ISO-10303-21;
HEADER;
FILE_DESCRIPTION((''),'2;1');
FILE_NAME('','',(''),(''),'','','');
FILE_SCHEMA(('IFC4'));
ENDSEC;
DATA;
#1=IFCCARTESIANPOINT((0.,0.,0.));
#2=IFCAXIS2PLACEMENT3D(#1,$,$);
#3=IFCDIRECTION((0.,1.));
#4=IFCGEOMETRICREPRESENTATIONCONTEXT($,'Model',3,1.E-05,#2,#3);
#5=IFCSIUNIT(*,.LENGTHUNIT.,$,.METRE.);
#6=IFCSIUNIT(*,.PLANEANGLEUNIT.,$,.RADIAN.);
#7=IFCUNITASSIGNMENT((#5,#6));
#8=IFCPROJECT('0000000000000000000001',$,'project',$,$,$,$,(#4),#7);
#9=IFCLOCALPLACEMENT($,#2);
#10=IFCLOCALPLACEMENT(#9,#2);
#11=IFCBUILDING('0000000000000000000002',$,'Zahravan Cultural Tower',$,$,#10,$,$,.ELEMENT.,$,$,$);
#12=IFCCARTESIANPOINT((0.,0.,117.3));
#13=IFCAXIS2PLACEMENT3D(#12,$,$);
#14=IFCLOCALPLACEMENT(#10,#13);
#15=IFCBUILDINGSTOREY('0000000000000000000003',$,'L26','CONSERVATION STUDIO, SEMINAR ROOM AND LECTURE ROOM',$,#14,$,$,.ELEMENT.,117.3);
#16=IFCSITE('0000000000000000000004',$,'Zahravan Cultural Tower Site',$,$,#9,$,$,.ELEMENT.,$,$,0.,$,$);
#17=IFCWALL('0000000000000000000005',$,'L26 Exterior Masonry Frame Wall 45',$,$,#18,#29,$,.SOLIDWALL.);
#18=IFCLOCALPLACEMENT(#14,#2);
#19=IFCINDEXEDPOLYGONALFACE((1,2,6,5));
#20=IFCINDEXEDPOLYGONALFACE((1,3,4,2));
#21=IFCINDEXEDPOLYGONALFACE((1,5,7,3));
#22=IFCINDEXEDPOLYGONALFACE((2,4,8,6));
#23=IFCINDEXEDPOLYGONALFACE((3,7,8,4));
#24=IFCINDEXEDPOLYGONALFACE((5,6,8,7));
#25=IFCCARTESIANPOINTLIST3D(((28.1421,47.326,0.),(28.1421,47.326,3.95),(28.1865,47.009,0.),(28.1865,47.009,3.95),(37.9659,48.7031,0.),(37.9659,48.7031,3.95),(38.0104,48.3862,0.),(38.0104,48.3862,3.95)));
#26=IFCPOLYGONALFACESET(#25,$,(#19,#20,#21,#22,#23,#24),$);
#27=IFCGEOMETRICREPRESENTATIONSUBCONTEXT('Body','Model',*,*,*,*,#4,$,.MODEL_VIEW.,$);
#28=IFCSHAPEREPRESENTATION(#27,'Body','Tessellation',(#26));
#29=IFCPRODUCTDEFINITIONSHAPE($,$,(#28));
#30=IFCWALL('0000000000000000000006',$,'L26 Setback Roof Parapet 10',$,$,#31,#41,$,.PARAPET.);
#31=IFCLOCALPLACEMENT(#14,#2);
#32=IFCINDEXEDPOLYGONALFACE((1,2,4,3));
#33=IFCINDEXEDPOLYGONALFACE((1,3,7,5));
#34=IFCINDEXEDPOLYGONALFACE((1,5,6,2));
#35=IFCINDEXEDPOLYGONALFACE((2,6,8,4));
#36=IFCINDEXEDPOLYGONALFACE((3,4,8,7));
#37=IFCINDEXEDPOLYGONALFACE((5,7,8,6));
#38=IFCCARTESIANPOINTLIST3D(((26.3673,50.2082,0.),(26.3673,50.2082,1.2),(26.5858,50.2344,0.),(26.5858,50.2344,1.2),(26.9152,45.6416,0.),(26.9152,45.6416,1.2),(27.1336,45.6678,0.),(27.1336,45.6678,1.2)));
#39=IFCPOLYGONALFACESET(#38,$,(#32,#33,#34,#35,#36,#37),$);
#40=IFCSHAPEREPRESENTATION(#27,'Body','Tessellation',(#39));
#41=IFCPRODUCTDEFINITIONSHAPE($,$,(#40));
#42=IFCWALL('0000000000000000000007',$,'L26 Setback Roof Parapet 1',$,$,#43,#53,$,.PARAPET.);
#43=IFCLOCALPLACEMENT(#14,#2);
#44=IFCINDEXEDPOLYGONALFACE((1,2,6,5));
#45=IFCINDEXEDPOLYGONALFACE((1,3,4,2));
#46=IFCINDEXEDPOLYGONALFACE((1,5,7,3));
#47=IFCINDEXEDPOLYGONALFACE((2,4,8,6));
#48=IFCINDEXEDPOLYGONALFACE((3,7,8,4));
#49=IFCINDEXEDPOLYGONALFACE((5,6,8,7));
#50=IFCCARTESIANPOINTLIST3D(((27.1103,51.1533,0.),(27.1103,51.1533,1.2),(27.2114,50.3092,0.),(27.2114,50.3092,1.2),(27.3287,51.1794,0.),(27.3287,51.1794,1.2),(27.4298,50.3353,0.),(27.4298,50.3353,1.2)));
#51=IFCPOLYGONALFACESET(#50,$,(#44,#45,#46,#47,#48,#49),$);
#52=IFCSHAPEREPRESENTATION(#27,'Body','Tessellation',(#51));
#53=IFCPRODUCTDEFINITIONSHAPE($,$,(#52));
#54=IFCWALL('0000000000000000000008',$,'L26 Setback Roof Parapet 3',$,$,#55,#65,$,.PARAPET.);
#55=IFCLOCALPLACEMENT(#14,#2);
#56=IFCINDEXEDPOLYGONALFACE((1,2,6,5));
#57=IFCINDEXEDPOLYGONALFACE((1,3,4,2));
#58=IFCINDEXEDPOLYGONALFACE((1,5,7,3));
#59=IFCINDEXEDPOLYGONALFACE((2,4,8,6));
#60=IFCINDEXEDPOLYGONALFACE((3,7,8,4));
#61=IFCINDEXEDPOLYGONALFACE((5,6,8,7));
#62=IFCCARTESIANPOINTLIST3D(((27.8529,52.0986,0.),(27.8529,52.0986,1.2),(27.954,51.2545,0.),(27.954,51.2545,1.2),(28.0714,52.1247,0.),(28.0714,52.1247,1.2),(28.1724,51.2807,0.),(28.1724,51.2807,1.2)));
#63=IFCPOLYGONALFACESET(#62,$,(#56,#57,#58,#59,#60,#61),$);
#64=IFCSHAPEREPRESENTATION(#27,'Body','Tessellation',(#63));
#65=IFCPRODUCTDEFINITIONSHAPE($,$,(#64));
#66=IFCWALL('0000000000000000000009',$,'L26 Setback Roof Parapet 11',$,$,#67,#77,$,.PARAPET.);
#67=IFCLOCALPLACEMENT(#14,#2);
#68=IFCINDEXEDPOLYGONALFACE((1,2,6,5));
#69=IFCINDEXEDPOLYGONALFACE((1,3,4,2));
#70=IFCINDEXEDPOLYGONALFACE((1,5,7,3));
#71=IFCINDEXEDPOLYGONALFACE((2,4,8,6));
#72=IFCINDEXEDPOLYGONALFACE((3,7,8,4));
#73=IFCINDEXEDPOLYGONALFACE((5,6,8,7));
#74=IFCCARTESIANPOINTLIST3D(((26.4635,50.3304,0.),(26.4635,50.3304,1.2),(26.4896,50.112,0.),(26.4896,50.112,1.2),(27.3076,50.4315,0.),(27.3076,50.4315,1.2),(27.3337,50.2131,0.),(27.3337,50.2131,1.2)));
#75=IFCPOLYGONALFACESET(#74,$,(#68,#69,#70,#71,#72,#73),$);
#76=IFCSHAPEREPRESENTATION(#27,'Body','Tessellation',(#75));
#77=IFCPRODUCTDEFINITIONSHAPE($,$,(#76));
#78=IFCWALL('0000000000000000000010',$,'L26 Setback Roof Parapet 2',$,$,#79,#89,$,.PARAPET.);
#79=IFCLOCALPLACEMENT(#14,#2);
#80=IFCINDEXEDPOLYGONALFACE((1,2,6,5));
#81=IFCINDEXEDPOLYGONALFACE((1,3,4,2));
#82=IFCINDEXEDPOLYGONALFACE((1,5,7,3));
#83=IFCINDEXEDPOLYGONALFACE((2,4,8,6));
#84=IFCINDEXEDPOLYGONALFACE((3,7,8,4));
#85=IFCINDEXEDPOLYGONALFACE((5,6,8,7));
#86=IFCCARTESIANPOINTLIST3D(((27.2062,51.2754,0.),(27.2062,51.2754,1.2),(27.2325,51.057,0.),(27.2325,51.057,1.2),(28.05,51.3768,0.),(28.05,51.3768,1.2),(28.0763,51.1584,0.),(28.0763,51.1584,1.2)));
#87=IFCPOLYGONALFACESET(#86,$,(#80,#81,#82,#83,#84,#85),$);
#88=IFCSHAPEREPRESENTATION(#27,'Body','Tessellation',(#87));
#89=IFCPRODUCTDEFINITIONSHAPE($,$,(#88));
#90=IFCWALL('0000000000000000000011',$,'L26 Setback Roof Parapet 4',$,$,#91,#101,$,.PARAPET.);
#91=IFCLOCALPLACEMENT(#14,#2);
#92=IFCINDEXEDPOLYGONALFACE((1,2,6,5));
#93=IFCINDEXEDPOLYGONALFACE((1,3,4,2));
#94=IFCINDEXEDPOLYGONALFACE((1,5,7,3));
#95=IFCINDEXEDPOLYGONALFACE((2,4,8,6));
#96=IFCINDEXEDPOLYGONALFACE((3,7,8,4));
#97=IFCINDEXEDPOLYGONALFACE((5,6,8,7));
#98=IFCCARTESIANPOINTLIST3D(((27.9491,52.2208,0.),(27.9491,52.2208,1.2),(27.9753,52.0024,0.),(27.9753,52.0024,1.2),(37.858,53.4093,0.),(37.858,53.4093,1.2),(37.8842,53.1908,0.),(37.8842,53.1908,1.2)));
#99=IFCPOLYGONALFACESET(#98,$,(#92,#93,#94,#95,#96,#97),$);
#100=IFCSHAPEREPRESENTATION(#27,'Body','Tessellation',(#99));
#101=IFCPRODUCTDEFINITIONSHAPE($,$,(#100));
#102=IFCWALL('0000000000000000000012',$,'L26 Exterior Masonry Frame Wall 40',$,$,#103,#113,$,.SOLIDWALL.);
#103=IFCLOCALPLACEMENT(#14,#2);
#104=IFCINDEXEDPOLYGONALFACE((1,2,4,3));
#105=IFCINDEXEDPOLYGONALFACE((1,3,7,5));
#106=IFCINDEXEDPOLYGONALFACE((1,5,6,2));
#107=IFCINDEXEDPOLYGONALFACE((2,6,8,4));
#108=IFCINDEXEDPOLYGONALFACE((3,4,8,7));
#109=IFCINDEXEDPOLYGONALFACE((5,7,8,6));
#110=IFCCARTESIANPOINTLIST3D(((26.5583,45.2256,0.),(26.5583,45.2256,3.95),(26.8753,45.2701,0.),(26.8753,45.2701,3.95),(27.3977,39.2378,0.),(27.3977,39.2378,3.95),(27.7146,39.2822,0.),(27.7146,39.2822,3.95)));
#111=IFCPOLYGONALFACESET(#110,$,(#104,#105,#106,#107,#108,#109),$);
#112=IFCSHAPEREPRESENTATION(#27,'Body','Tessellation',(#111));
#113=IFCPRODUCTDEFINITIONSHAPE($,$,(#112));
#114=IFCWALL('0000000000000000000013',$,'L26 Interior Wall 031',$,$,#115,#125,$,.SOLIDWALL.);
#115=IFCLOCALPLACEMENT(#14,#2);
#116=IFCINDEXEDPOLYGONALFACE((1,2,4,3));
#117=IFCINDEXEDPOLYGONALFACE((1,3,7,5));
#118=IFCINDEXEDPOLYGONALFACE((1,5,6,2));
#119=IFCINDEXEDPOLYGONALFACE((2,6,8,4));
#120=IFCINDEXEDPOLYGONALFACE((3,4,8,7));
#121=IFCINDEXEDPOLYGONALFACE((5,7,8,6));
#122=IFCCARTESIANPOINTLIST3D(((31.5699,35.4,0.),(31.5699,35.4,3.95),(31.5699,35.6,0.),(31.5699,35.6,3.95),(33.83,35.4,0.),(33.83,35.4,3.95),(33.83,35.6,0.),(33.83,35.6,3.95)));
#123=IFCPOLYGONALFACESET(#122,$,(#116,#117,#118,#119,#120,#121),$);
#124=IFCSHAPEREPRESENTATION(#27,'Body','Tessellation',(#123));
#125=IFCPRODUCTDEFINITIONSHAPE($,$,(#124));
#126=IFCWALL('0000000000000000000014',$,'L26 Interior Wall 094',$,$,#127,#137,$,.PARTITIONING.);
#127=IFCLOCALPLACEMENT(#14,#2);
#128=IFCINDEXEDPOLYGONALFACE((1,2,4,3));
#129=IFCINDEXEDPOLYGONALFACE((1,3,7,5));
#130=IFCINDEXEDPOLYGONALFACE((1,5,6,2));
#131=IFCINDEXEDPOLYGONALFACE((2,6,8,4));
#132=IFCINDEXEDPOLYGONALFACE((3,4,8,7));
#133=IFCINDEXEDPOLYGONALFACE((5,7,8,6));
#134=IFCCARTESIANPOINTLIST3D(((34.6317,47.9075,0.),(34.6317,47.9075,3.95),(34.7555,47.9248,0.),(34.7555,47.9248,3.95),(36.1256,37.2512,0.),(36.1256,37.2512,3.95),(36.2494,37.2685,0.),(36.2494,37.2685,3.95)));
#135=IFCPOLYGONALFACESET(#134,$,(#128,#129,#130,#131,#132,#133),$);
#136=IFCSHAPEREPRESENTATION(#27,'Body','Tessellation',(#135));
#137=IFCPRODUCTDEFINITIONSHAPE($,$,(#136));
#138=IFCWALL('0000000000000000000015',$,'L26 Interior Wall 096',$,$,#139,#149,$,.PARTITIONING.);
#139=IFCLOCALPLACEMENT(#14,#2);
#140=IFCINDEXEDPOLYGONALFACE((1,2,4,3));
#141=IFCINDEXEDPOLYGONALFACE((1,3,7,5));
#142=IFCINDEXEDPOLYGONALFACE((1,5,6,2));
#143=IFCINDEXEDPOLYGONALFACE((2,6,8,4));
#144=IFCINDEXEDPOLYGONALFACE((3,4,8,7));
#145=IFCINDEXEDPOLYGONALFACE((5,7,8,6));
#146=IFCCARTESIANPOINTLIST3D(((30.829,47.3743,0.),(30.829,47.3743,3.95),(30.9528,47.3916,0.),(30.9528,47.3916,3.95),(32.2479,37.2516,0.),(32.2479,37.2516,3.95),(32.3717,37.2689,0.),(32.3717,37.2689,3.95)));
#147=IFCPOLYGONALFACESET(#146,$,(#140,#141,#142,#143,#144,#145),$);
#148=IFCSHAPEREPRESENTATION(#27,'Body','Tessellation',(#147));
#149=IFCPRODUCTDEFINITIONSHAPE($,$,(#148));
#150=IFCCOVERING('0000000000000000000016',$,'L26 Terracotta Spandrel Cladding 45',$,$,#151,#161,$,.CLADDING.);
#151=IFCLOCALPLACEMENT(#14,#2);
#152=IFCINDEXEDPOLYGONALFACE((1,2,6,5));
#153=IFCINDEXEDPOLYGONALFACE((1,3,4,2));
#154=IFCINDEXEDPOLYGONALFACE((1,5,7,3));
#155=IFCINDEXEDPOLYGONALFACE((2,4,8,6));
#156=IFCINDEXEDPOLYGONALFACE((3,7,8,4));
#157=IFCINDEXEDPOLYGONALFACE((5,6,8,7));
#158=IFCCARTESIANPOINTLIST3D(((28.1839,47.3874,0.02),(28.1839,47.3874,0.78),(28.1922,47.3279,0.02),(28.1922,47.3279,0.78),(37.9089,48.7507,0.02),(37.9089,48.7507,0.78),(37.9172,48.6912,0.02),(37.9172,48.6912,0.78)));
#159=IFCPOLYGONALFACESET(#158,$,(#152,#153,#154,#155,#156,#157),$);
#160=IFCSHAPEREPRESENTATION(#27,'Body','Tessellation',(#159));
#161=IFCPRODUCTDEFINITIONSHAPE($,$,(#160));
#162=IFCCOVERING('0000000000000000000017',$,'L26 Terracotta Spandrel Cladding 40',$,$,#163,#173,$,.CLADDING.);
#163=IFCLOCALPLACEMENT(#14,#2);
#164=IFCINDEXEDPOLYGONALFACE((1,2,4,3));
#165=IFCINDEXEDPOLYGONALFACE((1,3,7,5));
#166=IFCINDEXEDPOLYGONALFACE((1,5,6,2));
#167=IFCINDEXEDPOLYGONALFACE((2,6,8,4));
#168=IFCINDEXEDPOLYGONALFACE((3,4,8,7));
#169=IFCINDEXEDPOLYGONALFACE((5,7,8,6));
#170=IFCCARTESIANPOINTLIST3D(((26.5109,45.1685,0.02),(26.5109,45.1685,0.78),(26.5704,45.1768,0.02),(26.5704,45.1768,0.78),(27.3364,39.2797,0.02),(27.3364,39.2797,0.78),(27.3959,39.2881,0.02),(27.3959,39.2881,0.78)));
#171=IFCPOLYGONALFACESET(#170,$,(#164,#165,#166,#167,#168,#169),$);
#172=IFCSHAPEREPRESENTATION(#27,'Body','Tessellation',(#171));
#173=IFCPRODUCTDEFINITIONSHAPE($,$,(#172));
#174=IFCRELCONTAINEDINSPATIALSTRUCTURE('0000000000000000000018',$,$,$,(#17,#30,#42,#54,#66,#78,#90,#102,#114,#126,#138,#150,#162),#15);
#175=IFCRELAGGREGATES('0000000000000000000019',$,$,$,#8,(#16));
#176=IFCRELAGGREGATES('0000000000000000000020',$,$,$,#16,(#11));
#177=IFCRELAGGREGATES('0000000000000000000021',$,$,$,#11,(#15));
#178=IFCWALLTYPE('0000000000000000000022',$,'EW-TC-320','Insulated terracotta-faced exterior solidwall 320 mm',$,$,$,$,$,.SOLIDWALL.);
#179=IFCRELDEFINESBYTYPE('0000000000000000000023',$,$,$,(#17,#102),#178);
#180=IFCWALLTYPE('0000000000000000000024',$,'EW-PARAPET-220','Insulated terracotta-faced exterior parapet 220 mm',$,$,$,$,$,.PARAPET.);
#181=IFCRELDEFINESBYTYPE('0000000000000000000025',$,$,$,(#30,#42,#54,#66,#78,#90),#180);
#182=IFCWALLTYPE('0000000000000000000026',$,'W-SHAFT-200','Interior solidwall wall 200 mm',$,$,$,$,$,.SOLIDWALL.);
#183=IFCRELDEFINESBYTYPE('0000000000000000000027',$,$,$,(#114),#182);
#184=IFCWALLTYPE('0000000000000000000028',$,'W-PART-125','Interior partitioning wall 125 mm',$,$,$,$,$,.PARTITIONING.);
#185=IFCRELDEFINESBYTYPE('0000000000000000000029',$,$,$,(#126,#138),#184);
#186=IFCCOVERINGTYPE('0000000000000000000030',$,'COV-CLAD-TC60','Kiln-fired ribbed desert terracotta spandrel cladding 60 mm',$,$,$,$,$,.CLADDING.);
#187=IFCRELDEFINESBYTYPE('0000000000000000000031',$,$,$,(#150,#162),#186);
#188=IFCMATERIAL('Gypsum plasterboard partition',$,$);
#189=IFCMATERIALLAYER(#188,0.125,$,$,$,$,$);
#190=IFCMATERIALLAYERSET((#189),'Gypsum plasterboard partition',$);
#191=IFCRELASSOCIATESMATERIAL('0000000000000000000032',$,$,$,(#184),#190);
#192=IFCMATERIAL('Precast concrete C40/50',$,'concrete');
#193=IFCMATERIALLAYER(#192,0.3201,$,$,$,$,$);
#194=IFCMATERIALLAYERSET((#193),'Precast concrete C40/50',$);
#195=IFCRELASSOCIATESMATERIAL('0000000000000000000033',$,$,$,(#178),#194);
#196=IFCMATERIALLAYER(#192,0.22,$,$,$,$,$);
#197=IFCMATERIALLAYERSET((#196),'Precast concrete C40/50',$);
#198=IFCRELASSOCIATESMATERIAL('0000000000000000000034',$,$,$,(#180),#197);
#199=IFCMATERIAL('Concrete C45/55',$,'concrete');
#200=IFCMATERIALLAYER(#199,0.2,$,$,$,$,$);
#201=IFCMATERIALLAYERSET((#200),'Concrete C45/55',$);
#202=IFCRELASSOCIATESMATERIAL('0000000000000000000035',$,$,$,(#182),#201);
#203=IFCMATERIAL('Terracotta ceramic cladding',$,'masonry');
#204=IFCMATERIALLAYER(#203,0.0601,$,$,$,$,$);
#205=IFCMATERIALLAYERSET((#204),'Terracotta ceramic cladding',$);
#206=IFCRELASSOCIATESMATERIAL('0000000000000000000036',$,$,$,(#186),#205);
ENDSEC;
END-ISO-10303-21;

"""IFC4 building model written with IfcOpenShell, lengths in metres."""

from ifc_helpers import new_model, si_unit, direction, frame, frame_2d, origin, origin_2d, place, context, subcontext, project, spatial, rectangle, extrude, source, transform, mapped, material, layer, layer_set, type_object, element, save


model = new_model("IFC4")

# Units and contexts
model_context = context("Model", 3, precision=1e-05, world=origin(), true_north=direction((0.0, 1.0)))
body_context = subcontext(model_context, "Body", "Model", "MODEL_VIEW")
ifc_project = project(units=[si_unit("LENGTHUNIT", "METRE"), si_unit("PLANEANGLEUNIT", "RADIAN")], contexts=[model_context])

# Site, building, storey
site_placement = place(None, origin())
site = spatial("IfcSite", under=ifc_project, at=site_placement, Name="Zahravan Cultural Tower Site", CompositionType="ELEMENT", RefElevation=0.0)
building_placement = place(site_placement, origin())
building = spatial("IfcBuilding", under=site, at=building_placement, Name="Zahravan Cultural Tower", CompositionType="ELEMENT")
storey_placement = place(building_placement, frame((0.0, 0.0, 117.3)))
storey = spatial("IfcBuildingStorey", under=building, at=storey_placement, Name="L26", Description="CONSERVATION STUDIO, SEMINAR ROOM AND LECTURE ROOM", CompositionType="ELEMENT", Elevation=117.3)

# Shared definitions
ifc_material_1 = material(Name="Gypsum plasterboard partition")
ifc_layer_1 = layer(ifc_material_1, 0.125)
ifc_layer_set_1 = layer_set([ifc_layer_1], Name="Gypsum plasterboard partition")
wall_type_1 = type_object("IfcWallType", Name="W-PART-125", Description="Interior partitioning wall 125 mm", PredefinedType="PARTITIONING", material=ifc_layer_set_1)

# Walls
ifc_material_2 = material(Name="Precast concrete C40/50", Category="concrete")
ifc_layer_2 = layer(ifc_material_2, 0.3201)
ifc_layer_set_2 = layer_set([ifc_layer_2], Name="Precast concrete C40/50")
wall_type_2 = type_object("IfcWallType", Name="EW-TC-320", Description="Insulated terracotta-faced exterior solidwall 320 mm", PredefinedType="SOLIDWALL", material=ifc_layer_set_2)
shared_shape_1 = source(origin(), body_context, "Body", "SweptSolid", [
    extrude(rectangle(XDim=9.9199, YDim=0.3201, at=frame_2d((4.96, 0.0))), origin(), (0.0, 0.0, 1.0), 3.95),
])
wall_1_placement = place(storey_placement, frame((28.1643, 47.1675, 0.0), z_axis=(0.0, 0.0, 1.0), x_axis=(0.990316, 0.13883, 0.0)))
element("IfcWall", 1, at=wall_1_placement, inside=storey, type_object=wall_type_2, Name="L26 Exterior Masonry Frame Wall 45", PredefinedType="SOLIDWALL", context=body_context, shape_type="MappedRepresentation", body=[
    mapped(shared_shape_1, transform((0.0, 0.0, 0.0), x_axis=(1.0, 0.0, 0.0), y_axis=(0.0, 1.0, 0.0), z_axis=(0.0, 0.0, 1.0), scale=1.0)),
])
ifc_layer_3 = layer(ifc_material_2, 0.22)
ifc_layer_set_3 = layer_set([ifc_layer_3], Name="Precast concrete C40/50")
wall_type_3 = type_object("IfcWallType", Name="EW-PARAPET-220", Description="Insulated terracotta-faced exterior parapet 220 mm", PredefinedType="PARAPET", material=ifc_layer_set_3)
shared_shape_2 = source(origin(), body_context, "Body", "SweptSolid", [
    extrude(rectangle(XDim=4.5994, YDim=0.22, at=frame_2d((2.2998, 0.0))), origin(), (0.0, 0.0, 1.0), 1.2),
])
wall_2_placement = place(storey_placement, frame((27.0244, 45.6545, 0.0), z_axis=(0.0, 0.0, 1.0), x_axis=(-0.119114, 0.992881, 0.0)))
element("IfcWall", 2, at=wall_2_placement, inside=storey, type_object=wall_type_3, Name="L26 Setback Roof Parapet 10", PredefinedType="PARAPET", context=body_context, shape_type="MappedRepresentation", body=[
    mapped(shared_shape_2, transform((0.0, 0.0, 0.0), x_axis=(1.0, 0.0, 0.0), y_axis=(0.0, 1.0, 0.0), z_axis=(0.0, 0.0, 1.0), scale=1.0)),
])
shared_shape_3 = source(origin(), body_context, "Body", "SweptSolid", [
    extrude(rectangle(XDim=0.8501, YDim=0.22, at=frame_2d((0.425, 0.0))), origin(), (0.0, 0.0, 1.0), 1.2),
])
for number, where, z_axis, x_axis, name in (
    (3, (27.3206, 50.3223, 0.0), (0.0, 0.0, 1.0), (-0.118907, 0.992905, 0.0), "L26 Setback Roof Parapet 1"),
    (4, (28.0632, 51.2676, 0.0), (0.0, 0.0, 1.0), (-0.118907, 0.992905, 0.0), "L26 Setback Roof Parapet 3"),
    (5, (26.4766, 50.2212, 0.0), (0.0, 0.0, 1.0), (0.992905, 0.118907, 0.0), "L26 Setback Roof Parapet 11"),
):
    element("IfcWall", number, at=place(storey_placement, frame(where, z_axis=z_axis, x_axis=x_axis)), inside=storey, type_object=wall_type_3, Name=name, PredefinedType="PARAPET", context=body_context, shape_type="MappedRepresentation", body=[
        mapped(shared_shape_3, transform((0.0, 0.0, 0.0), x_axis=(1.0, 0.0, 0.0), y_axis=(0.0, 1.0, 0.0), z_axis=(0.0, 0.0, 1.0), scale=1.0)),
    ])
shared_shape_4 = source(origin(), body_context, "Body", "SweptSolid", [
    extrude(rectangle(XDim=0.8499, YDim=0.22, at=frame_2d((0.4248, 0.0))), origin(), (0.0, 0.0, 1.0), 1.2),
])
wall_3_placement = place(storey_placement, frame((27.2195, 51.1663, 0.0), z_axis=(0.0, 0.0, 1.0), x_axis=(0.992867, 0.119225, 0.0)))
element("IfcWall", 6, at=wall_3_placement, inside=storey, type_object=wall_type_3, Name="L26 Setback Roof Parapet 2", PredefinedType="PARAPET", context=body_context, shape_type="MappedRepresentation", body=[
    mapped(shared_shape_4, transform((0.0, 0.0, 0.0), x_axis=(1.0, 0.0, 0.0), y_axis=(0.0, 1.0, 0.0), z_axis=(0.0, 0.0, 1.0), scale=1.0)),
])
shared_shape_5 = source(origin(), body_context, "Body", "SweptSolid", [
    extrude(rectangle(XDim=9.98, YDim=0.22, at=frame_2d((4.99, 0.0))), origin(), (0.0, 0.0, 1.0), 1.2),
])
wall_4_placement = place(storey_placement, frame((27.9622, 52.1116, 0.0), z_axis=(0.0, 0.0, 1.0), x_axis=(0.992884, 0.119086, 0.0)))
element("IfcWall", 7, at=wall_4_placement, inside=storey, type_object=wall_type_3, Name="L26 Setback Roof Parapet 4", PredefinedType="PARAPET", context=body_context, shape_type="MappedRepresentation", body=[
    mapped(shared_shape_5, transform((0.0, 0.0, 0.0), x_axis=(1.0, 0.0, 0.0), y_axis=(0.0, 1.0, 0.0), z_axis=(0.0, 0.0, 1.0), scale=1.0)),
])
shared_shape_6 = source(origin(), body_context, "Body", "SweptSolid", [
    extrude(rectangle(XDim=6.0464, YDim=0.3201, at=frame_2d((3.0232, 0.0))), origin(), (0.0, 0.0, 1.0), 3.95),
])
wall_5_placement = place(storey_placement, frame((27.5562, 39.26, 0.0), z_axis=(0.0, 0.0, 1.0), x_axis=(-0.138821, 0.990318, 0.0)))
element("IfcWall", 8, at=wall_5_placement, inside=storey, type_object=wall_type_2, Name="L26 Exterior Masonry Frame Wall 40", PredefinedType="SOLIDWALL", context=body_context, shape_type="MappedRepresentation", body=[
    mapped(shared_shape_6, transform((0.0, 0.0, 0.0), x_axis=(1.0, 0.0, 0.0), y_axis=(0.0, 1.0, 0.0), z_axis=(0.0, 0.0, 1.0), scale=1.0)),
])
ifc_material_3 = material(Name="Concrete C45/55", Category="concrete")
ifc_layer_4 = layer(ifc_material_3, 0.2)
ifc_layer_set_4 = layer_set([ifc_layer_4], Name="Concrete C45/55")
wall_type_4 = type_object("IfcWallType", Name="W-SHAFT-200", Description="Interior solidwall wall 200 mm", PredefinedType="SOLIDWALL", material=ifc_layer_set_4)
shared_shape_7 = source(origin(), body_context, "Body", "SweptSolid", [
    extrude(rectangle(XDim=2.26, YDim=0.2, at=frame_2d((1.1299, 0.0))), origin(), (0.0, 0.0, 1.0), 3.95),
])
wall_6_placement = place(storey_placement, frame((31.5701, 35.5, 0.0), z_axis=(0.0, 0.0, 1.0), x_axis=(1.0, 0.0, 0.0)))
element("IfcWall", 9, at=wall_6_placement, inside=storey, type_object=wall_type_4, Name="L26 Interior Wall 031", PredefinedType="SOLIDWALL", context=body_context, shape_type="MappedRepresentation", body=[
    mapped(shared_shape_7, transform((0.0, 0.0, 0.0), x_axis=(1.0, 0.0, 0.0), y_axis=(0.0, 1.0, 0.0), z_axis=(0.0, 0.0, 1.0), scale=1.0)),
])
shared_shape_8 = source(origin(), body_context, "Body", "SweptSolid", [
    extrude(rectangle(XDim=10.7605, YDim=0.125, at=frame_2d((5.3804, 0.0))), origin(), (0.0, 0.0, 1.0), 3.95),
])
wall_7_placement = place(storey_placement, frame((34.6936, 47.9163, 0.0), z_axis=(0.0, 0.0, 1.0), x_axis=(0.138832, -0.990316, 0.0)))
element("IfcWall", 10, at=wall_7_placement, inside=storey, type_object=wall_type_1, Name="L26 Interior Wall 094", PredefinedType="PARTITIONING", context=body_context, shape_type="MappedRepresentation", body=[
    mapped(shared_shape_8, transform((0.0, 0.0, 0.0), x_axis=(1.0, 0.0, 0.0), y_axis=(0.0, 1.0, 0.0), z_axis=(0.0, 0.0, 1.0), scale=1.0)),
])
shared_shape_9 = source(origin(), body_context, "Body", "SweptSolid", [
    extrude(rectangle(XDim=10.2217, YDim=0.125, at=frame_2d((5.1108, 0.0))), origin(), (0.0, 0.0, 1.0), 3.95),
])
wall_8_placement = place(storey_placement, frame((32.3098, 37.2603, 0.0), z_axis=(0.0, 0.0, 1.0), x_axis=(-0.138816, 0.990318, 0.0)))
element("IfcWall", 11, at=wall_8_placement, inside=storey, type_object=wall_type_1, Name="L26 Interior Wall 096", PredefinedType="PARTITIONING", context=body_context, shape_type="MappedRepresentation", body=[
    mapped(shared_shape_9, transform((0.0, 0.0, 0.0), x_axis=(1.0, 0.0, 0.0), y_axis=(0.0, 1.0, 0.0), z_axis=(0.0, 0.0, 1.0), scale=1.0)),
])

# Coverings
ifc_material_4 = material(Name="Terracotta ceramic cladding", Category="masonry")
ifc_layer_5 = layer(ifc_material_4, 0.0601)
ifc_layer_set_5 = layer_set([ifc_layer_5], Name="Terracotta ceramic cladding")
covering_type = type_object("IfcCoveringType", Name="COV-CLAD-TC60", Description="Kiln-fired ribbed desert terracotta spandrel cladding 60 mm", PredefinedType="CLADDING", material=ifc_layer_set_5)
shared_shape_10 = source(origin(), body_context, "Body", "SweptSolid", [
    extrude(rectangle(XDim=9.8201, YDim=0.0601, at=origin_2d()), origin(), (0.0, 0.0, 1.0), 0.76),
])
covering_1_placement = place(storey_placement, frame((33.0505, 48.0393, 0.02), z_axis=(0.0, 0.0, 1.0), x_axis=(0.990317, 0.138827, 0.0)))
element("IfcCovering", 12, at=covering_1_placement, inside=storey, type_object=covering_type, Name="L26 Terracotta Spandrel Cladding 45", PredefinedType="CLADDING", context=body_context, shape_type="MappedRepresentation", body=[
    mapped(shared_shape_10, transform((0.0, 0.0, 0.0), x_axis=(1.0, 0.0, 0.0), y_axis=(0.0, 1.0, 0.0), z_axis=(0.0, 0.0, 1.0), scale=1.0)),
])
shared_shape_11 = source(origin(), body_context, "Body", "SweptSolid", [
    extrude(rectangle(XDim=5.9463, YDim=0.0601, at=origin_2d()), origin(), (0.0, 0.0, 1.0), 0.76),
])
covering_2_placement = place(storey_placement, frame((26.9534, 42.2283, 0.02), z_axis=(0.0, 0.0, 1.0), x_axis=(-0.138827, 0.990317, 0.0)))
element("IfcCovering", 13, at=covering_2_placement, inside=storey, type_object=covering_type, Name="L26 Terracotta Spandrel Cladding 40", PredefinedType="CLADDING", context=body_context, shape_type="MappedRepresentation", body=[
    mapped(shared_shape_11, transform((0.0, 0.0, 0.0), x_axis=(1.0, 0.0, 0.0), y_axis=(0.0, 1.0, 0.0), z_axis=(0.0, 0.0, 1.0), scale=1.0)),
])

save(model, "model.ifc")
